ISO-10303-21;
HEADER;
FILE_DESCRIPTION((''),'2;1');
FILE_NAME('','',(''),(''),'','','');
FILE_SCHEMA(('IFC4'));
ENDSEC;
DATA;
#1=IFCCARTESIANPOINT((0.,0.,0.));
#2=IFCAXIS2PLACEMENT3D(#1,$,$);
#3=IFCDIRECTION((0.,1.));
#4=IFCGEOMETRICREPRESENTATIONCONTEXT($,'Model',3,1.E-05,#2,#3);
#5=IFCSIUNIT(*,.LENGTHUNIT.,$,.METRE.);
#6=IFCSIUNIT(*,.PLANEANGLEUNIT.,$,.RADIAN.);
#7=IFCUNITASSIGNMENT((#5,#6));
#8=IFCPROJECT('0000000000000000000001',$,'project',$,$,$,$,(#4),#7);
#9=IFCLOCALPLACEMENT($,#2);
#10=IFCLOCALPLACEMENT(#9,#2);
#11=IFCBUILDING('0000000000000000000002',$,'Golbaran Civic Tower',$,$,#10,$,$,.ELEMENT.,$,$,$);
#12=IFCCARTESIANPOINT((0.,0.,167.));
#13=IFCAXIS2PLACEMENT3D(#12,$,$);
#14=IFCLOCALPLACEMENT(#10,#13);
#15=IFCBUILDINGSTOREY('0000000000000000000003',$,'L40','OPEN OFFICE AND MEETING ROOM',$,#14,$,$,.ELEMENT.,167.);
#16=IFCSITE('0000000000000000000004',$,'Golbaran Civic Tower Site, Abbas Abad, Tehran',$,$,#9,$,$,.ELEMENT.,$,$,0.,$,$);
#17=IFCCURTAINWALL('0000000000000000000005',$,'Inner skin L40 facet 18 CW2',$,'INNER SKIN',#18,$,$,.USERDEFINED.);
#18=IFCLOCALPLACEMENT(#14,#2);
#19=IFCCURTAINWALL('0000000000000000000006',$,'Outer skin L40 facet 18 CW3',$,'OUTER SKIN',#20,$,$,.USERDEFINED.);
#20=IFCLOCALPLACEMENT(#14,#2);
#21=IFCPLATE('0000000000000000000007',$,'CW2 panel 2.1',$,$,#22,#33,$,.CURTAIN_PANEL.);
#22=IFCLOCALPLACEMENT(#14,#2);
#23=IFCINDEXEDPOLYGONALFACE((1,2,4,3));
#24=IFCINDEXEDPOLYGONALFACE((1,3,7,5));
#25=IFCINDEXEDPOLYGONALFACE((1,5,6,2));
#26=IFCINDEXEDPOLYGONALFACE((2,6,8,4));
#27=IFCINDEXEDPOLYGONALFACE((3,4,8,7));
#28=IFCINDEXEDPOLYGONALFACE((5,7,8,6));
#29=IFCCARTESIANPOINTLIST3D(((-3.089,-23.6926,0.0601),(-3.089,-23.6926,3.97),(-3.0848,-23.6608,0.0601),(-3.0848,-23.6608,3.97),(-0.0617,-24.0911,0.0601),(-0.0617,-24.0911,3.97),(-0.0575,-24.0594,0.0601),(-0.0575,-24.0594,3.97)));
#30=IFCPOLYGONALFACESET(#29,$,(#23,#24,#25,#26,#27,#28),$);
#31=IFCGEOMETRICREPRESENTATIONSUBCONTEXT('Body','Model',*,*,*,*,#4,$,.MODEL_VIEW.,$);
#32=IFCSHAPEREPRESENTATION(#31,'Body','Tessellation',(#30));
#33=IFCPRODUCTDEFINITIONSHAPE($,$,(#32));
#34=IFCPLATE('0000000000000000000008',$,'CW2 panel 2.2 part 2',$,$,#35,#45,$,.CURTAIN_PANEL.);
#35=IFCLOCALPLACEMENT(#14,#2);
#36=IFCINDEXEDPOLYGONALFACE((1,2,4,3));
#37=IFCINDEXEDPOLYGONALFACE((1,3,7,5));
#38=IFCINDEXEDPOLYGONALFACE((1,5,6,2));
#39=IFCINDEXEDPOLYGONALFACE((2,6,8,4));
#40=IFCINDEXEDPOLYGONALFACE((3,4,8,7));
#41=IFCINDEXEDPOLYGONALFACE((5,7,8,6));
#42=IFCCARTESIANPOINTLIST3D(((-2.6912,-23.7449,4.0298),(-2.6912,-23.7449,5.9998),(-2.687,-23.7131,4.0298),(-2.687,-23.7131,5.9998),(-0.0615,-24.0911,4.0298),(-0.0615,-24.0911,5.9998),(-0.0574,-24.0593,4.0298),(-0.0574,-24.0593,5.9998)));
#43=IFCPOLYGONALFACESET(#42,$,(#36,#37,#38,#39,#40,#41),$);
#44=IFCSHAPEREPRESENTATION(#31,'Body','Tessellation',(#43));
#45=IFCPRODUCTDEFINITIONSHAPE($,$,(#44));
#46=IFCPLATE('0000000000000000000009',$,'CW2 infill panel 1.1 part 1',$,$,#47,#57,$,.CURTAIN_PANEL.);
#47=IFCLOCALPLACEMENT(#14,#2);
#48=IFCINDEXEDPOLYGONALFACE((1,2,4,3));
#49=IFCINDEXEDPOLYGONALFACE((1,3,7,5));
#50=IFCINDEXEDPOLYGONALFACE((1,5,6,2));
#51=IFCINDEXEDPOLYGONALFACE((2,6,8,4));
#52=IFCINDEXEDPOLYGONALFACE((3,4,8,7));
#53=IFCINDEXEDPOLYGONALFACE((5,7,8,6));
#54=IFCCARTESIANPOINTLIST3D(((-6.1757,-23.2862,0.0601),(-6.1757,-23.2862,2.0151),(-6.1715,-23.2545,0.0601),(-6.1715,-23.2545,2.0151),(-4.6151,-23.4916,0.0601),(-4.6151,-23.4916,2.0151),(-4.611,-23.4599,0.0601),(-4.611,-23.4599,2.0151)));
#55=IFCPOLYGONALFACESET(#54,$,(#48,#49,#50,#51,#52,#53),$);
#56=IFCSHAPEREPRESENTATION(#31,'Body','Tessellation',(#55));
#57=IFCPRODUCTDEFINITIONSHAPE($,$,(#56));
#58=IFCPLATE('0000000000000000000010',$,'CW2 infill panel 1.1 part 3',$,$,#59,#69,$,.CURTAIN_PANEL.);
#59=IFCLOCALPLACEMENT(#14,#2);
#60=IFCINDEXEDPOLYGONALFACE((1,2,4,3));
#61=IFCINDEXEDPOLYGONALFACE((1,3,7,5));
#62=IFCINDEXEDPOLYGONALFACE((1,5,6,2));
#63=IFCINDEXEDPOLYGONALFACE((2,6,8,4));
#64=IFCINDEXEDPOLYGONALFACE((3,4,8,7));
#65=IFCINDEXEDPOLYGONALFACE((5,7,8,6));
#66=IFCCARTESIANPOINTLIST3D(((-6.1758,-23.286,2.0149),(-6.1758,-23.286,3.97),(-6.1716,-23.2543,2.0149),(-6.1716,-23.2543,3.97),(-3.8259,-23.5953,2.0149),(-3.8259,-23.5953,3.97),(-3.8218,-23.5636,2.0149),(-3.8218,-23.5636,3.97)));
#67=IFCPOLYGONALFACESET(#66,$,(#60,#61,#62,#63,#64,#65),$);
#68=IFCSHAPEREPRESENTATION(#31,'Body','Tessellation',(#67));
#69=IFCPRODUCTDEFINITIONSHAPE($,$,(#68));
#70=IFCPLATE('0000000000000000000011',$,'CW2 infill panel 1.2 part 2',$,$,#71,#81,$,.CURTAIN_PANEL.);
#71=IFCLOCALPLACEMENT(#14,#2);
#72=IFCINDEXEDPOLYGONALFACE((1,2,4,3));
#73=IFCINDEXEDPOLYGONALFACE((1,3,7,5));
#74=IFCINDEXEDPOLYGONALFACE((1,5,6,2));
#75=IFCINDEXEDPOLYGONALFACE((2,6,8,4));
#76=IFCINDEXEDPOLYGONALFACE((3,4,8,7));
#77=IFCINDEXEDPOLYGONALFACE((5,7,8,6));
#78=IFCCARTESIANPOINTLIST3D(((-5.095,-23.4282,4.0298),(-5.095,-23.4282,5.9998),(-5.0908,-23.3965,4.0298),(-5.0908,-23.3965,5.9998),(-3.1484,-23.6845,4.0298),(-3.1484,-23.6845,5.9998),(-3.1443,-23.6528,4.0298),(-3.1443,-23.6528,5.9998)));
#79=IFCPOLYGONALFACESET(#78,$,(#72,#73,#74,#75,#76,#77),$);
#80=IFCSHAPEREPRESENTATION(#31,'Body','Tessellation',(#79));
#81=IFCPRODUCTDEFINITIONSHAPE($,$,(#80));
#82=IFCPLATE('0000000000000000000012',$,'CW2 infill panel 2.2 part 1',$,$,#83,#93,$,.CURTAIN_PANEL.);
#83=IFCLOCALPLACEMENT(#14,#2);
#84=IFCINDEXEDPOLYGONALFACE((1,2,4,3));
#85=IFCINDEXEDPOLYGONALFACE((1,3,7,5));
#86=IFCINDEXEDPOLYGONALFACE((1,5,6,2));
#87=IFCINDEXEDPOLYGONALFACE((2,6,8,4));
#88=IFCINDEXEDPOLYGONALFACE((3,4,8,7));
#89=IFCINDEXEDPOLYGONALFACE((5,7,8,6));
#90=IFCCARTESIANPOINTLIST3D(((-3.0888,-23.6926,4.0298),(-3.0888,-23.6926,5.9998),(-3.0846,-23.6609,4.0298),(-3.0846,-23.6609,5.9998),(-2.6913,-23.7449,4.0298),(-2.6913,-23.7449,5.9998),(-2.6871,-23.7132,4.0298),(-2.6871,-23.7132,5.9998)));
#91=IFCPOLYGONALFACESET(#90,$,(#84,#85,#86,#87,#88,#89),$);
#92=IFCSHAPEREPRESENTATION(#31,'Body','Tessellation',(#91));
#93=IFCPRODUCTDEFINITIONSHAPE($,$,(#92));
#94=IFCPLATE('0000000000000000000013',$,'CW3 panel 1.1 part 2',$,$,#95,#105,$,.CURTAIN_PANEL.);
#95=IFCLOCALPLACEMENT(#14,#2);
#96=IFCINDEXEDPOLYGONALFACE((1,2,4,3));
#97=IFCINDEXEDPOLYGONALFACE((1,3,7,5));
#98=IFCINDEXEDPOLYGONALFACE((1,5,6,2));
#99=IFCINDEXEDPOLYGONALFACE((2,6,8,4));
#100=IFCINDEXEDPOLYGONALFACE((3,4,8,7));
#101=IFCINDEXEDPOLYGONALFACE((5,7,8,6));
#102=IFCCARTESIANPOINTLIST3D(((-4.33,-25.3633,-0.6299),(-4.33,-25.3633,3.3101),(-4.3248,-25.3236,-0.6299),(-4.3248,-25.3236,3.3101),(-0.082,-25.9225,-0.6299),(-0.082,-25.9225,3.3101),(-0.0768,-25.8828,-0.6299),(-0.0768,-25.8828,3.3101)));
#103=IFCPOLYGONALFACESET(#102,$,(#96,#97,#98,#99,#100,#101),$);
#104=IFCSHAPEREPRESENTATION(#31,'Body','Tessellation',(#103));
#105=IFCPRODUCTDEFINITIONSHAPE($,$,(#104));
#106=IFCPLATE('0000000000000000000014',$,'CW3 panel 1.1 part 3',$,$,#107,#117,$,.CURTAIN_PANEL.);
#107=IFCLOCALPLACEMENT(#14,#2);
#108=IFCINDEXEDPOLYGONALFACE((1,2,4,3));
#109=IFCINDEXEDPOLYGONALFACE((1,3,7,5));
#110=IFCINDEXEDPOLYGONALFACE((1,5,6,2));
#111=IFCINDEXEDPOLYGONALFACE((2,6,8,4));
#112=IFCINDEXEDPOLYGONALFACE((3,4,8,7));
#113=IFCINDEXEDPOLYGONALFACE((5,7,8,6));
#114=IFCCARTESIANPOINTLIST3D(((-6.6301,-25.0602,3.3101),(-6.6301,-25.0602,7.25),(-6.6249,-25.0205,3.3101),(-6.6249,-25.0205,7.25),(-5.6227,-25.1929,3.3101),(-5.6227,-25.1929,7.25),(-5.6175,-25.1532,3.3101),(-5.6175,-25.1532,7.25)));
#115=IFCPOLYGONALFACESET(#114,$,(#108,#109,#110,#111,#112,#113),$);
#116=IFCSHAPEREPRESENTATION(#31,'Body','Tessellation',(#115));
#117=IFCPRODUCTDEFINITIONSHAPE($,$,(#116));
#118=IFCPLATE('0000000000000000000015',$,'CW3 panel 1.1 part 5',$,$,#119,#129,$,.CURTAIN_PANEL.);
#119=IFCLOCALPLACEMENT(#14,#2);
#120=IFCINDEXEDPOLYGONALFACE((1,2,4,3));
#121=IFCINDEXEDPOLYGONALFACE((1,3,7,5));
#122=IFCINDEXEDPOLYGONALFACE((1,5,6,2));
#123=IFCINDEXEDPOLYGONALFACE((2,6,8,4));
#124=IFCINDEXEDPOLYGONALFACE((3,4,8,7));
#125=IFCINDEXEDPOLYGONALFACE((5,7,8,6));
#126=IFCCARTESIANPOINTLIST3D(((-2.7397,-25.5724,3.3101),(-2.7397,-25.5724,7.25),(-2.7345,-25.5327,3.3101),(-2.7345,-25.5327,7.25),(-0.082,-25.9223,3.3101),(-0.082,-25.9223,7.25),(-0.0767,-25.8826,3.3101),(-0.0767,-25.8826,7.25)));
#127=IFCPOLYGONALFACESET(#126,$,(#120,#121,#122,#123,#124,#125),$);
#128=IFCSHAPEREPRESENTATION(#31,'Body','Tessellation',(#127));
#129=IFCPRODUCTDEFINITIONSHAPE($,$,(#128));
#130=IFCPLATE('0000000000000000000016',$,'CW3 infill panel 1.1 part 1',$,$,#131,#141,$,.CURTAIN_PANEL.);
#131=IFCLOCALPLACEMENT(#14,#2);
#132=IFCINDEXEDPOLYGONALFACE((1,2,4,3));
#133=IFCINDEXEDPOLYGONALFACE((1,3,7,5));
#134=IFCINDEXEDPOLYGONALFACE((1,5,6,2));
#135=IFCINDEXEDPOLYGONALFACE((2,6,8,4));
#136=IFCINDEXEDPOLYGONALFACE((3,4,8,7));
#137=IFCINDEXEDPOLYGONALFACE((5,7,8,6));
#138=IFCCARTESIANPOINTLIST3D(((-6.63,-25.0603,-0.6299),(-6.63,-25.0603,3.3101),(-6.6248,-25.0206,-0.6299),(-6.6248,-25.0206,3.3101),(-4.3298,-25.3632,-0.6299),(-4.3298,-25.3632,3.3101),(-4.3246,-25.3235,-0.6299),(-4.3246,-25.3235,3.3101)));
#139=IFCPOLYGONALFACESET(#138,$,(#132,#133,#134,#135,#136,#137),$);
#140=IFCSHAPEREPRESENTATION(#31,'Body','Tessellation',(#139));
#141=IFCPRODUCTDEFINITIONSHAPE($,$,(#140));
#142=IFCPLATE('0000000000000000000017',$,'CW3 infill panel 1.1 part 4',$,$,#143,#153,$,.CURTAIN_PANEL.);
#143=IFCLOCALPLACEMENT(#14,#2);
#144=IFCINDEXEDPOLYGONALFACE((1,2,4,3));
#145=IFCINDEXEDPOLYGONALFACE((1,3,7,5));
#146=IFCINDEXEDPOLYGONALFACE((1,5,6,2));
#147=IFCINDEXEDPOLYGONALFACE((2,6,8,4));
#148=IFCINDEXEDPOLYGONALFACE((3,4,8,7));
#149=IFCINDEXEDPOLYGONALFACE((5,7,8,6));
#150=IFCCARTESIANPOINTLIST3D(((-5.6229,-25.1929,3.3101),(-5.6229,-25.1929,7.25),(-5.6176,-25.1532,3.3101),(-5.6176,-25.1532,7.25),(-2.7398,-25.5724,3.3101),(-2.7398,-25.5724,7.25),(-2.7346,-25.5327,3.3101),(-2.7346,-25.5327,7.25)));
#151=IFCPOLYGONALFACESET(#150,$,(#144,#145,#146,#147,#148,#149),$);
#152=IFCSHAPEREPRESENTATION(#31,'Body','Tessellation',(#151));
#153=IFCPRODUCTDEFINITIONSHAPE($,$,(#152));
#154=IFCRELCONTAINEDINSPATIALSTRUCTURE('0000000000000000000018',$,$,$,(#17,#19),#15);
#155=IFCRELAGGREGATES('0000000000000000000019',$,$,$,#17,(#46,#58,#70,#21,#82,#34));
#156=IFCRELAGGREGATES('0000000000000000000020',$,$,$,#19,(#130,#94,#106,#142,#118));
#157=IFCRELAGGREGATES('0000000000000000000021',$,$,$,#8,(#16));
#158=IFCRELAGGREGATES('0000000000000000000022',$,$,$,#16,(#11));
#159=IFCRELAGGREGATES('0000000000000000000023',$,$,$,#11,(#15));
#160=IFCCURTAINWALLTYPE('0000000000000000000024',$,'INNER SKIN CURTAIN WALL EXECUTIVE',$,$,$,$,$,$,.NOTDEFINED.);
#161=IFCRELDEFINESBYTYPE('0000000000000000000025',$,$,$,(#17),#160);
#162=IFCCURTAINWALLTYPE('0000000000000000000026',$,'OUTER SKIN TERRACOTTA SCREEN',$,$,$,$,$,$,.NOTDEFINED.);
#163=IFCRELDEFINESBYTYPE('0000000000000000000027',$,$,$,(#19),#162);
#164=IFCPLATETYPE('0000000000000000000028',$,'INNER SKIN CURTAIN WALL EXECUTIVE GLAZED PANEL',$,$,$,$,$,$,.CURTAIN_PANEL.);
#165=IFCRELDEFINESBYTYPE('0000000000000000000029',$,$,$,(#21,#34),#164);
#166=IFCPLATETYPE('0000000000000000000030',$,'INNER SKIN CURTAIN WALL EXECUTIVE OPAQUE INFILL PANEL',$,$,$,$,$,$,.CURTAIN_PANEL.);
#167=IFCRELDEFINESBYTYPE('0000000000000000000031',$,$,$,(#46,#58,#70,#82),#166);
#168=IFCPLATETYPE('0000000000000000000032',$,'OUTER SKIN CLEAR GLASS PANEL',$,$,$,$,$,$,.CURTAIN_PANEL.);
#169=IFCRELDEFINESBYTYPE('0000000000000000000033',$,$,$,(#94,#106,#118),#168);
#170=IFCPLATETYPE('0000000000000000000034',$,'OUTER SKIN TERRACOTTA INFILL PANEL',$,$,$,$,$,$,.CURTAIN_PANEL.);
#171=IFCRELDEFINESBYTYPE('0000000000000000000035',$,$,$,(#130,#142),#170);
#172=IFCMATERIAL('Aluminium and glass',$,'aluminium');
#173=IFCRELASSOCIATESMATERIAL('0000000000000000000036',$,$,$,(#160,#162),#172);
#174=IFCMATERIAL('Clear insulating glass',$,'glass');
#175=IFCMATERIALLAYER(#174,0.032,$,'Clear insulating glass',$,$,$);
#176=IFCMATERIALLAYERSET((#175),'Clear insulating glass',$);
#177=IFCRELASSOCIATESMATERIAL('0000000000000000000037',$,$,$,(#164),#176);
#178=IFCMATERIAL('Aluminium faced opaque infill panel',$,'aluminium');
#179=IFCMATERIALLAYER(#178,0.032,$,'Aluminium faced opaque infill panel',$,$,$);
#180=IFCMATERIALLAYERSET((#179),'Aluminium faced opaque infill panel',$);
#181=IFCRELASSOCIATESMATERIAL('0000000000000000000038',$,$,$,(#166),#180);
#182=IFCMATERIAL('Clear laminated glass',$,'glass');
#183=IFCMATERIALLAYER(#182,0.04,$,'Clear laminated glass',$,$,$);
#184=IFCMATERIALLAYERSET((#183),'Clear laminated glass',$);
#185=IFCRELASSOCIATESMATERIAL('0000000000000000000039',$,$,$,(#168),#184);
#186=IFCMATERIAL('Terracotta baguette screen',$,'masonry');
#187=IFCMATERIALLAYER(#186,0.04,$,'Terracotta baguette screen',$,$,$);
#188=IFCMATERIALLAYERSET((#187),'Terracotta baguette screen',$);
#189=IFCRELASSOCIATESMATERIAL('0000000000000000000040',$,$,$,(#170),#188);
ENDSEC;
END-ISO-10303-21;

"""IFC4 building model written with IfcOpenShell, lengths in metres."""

from ifc_helpers import new_model, si_unit, direction, frame, origin, origin_2d, place, context, subcontext, project, spatial, rectangle, extrude, material, layer, layer_set, type_object, element, aggregate, save


model = new_model("IFC4")

# Units and contexts
model_context = context("Model", 3, precision=1e-05, world=origin(), true_north=direction((0.0, 1.0)))
body_context = subcontext(model_context, "Body", "Model", "MODEL_VIEW")
ifc_project = project(units=[si_unit("LENGTHUNIT", "METRE"), si_unit("PLANEANGLEUNIT", "RADIAN")], contexts=[model_context])

# Site, building, storey
site_placement = place(None, origin())
site = spatial("IfcSite", under=ifc_project, at=site_placement, Name="Golbaran Civic Tower Site, Abbas Abad, Tehran", CompositionType="ELEMENT", RefElevation=0.0)
building_placement = place(site_placement, origin())
building = spatial("IfcBuilding", under=site, at=building_placement, Name="Golbaran Civic Tower", CompositionType="ELEMENT")
storey_placement = place(building_placement, frame((0.0, 0.0, 167.0)))
storey = spatial("IfcBuildingStorey", under=building, at=storey_placement, Name="L40", Description="OPEN OFFICE AND MEETING ROOM", CompositionType="ELEMENT", Elevation=167.0)

# Curtain wall
ifc_material_1 = material(Name="Aluminium and glass", Category="aluminium")
curtain_wall_type_1 = type_object("IfcCurtainWallType", Name="INNER SKIN CURTAIN WALL EXECUTIVE", PredefinedType="NOTDEFINED", material=ifc_material_1)
curtain_wall_1_placement = place(storey_placement, origin())
curtain_wall_1 = element("IfcCurtainWall", 1, at=curtain_wall_1_placement, inside=storey, type_object=curtain_wall_type_1, Name="Inner skin L40 facet 18 CW2", ObjectType="INNER SKIN", PredefinedType="USERDEFINED")

# Curtain wall
curtain_wall_type_2 = type_object("IfcCurtainWallType", Name="OUTER SKIN TERRACOTTA SCREEN", PredefinedType="NOTDEFINED", material=ifc_material_1)
curtain_wall_2_placement = place(storey_placement, origin())
curtain_wall_2 = element("IfcCurtainWall", 2, at=curtain_wall_2_placement, inside=storey, type_object=curtain_wall_type_2, Name="Outer skin L40 facet 18 CW3", ObjectType="OUTER SKIN", PredefinedType="USERDEFINED")

# Plates
ifc_material_2 = material(Name="Clear insulating glass", Category="glass")
ifc_layer_1 = layer(ifc_material_2, 0.032, Name="Clear insulating glass")
ifc_layer_set_1 = layer_set([ifc_layer_1], Name="Clear insulating glass")
plate_type_1 = type_object("IfcPlateType", Name="INNER SKIN CURTAIN WALL EXECUTIVE GLAZED PANEL", PredefinedType="CURTAIN_PANEL", material=ifc_layer_set_1)
plate_1_placement = place(storey_placement, frame((-1.5732, -23.876, 0.0601), z_axis=(0.0, 0.0, 1.0), x_axis=(0.991445, -0.130526, 0.0)))
plate_1 = element("IfcPlate", 3, at=plate_1_placement, type_object=plate_type_1, Name="CW2 panel 2.1", PredefinedType="CURTAIN_PANEL", context=body_context, shape_type="SweptSolid", body=[
    extrude(rectangle(XDim=3.0535, YDim=0.032, at=origin_2d()), origin(), (0.0, 0.0, 1.0), 3.9099),
])
plate_2_placement = place(storey_placement, frame((-1.3743, -23.9021, 4.0298), z_axis=(0.0, 0.0, 1.0), x_axis=(0.991445, -0.130526, 0.0)))
plate_2 = element("IfcPlate", 4, at=plate_2_placement, type_object=plate_type_1, Name="CW2 panel 2.2 part 2", PredefinedType="CURTAIN_PANEL", context=body_context, shape_type="SweptSolid", body=[
    extrude(rectangle(XDim=2.6523, YDim=0.032, at=origin_2d()), origin(), (0.0, 0.0, 1.0), 1.97),
])
ifc_material_3 = material(Name="Aluminium faced opaque infill panel", Category="aluminium")
ifc_layer_2 = layer(ifc_material_3, 0.032, Name="Aluminium faced opaque infill panel")
ifc_layer_set_2 = layer_set([ifc_layer_2], Name="Aluminium faced opaque infill panel")
plate_type_2 = type_object("IfcPlateType", Name="INNER SKIN CURTAIN WALL EXECUTIVE OPAQUE INFILL PANEL", PredefinedType="CURTAIN_PANEL", material=ifc_layer_set_2)
plate_3_placement = place(storey_placement, frame((-5.3933, -23.373, 0.0601), z_axis=(0.0, 0.0, 1.0), x_axis=(0.991445, -0.130526, 0.0)))
plate_3 = element("IfcPlate", 5, at=plate_3_placement, type_object=plate_type_2, Name="CW2 infill panel 1.1 part 1", PredefinedType="CURTAIN_PANEL", context=body_context, shape_type="SweptSolid", body=[
    extrude(rectangle(XDim=1.574, YDim=0.032, at=origin_2d()), origin(), (0.0, 0.0, 1.0), 1.9551),
])
plate_4_placement = place(storey_placement, frame((-4.9988, -23.4248, 2.0149), z_axis=(0.0, 0.0, 1.0), x_axis=(0.991445, -0.130526, 0.0)))
plate_4 = element("IfcPlate", 6, at=plate_4_placement, type_object=plate_type_2, Name="CW2 infill panel 1.1 part 3", PredefinedType="CURTAIN_PANEL", context=body_context, shape_type="SweptSolid", body=[
    extrude(rectangle(XDim=2.3701, YDim=0.032, at=origin_2d()), origin(), (0.0, 0.0, 1.0), 1.9551),
])
plate_5_placement = place(storey_placement, frame((-4.1196, -23.5405, 4.0298), z_axis=(0.0, 0.0, 1.0), x_axis=(0.991445, -0.130526, 0.0)))
plate_5 = element("IfcPlate", 7, at=plate_5_placement, type_object=plate_type_2, Name="CW2 infill panel 1.2 part 2", PredefinedType="CURTAIN_PANEL", context=body_context, shape_type="SweptSolid", body=[
    extrude(rectangle(XDim=1.9634, YDim=0.032, at=origin_2d()), origin(), (0.0, 0.0, 1.0), 1.97),
])
plate_6_placement = place(storey_placement, frame((-2.8879, -23.7029, 4.0298), z_axis=(0.0, 0.0, 1.0), x_axis=(0.991445, -0.130526, 0.0)))
plate_6 = element("IfcPlate", 8, at=plate_6_placement, type_object=plate_type_2, Name="CW2 infill panel 2.2 part 1", PredefinedType="CURTAIN_PANEL", context=body_context, shape_type="SweptSolid", body=[
    extrude(rectangle(XDim=0.4009, YDim=0.032, at=origin_2d()), origin(), (0.0, 0.0, 1.0), 1.97),
])
aggregate(curtain_wall_1, [plate_3, plate_4, plate_5, plate_1, plate_6, plate_2])
ifc_material_4 = material(Name="Clear laminated glass", Category="glass")
ifc_layer_3 = layer(ifc_material_4, 0.04, Name="Clear laminated glass")
ifc_layer_set_3 = layer_set([ifc_layer_3], Name="Clear laminated glass")
plate_type_3 = type_object("IfcPlateType", Name="OUTER SKIN CLEAR GLASS PANEL", PredefinedType="CURTAIN_PANEL", material=ifc_layer_set_3)
plate_7_placement = place(storey_placement, frame((-2.2034, -25.623, -0.6299), z_axis=(0.0, 0.0, 1.0), x_axis=(0.991445, -0.130526, 0.0)))
plate_7 = element("IfcPlate", 9, at=plate_7_placement, type_object=plate_type_3, Name="CW3 panel 1.1 part 2", PredefinedType="CURTAIN_PANEL", context=body_context, shape_type="SweptSolid", body=[
    extrude(rectangle(XDim=4.2847, YDim=0.04, at=origin_2d()), origin(), (0.0, 0.0, 1.0), 3.9399),
])
plate_8_placement = place(storey_placement, frame((-6.1238, -25.1067, 3.3101), z_axis=(0.0, 0.0, 1.0), x_axis=(0.991445, -0.130526, 0.0)))
plate_8 = element("IfcPlate", 10, at=plate_8_placement, type_object=plate_type_3, Name="CW3 panel 1.1 part 3", PredefinedType="CURTAIN_PANEL", context=body_context, shape_type="SweptSolid", body=[
    extrude(rectangle(XDim=1.0161, YDim=0.04, at=origin_2d()), origin(), (0.0, 0.0, 1.0), 3.9399),
])
plate_9_placement = place(storey_placement, frame((-1.4082, -25.7275, 3.3101), z_axis=(0.0, 0.0, 1.0), x_axis=(0.991445, -0.130526, 0.0)))
plate_9 = element("IfcPlate", 11, at=plate_9_placement, type_object=plate_type_3, Name="CW3 panel 1.1 part 5", PredefinedType="CURTAIN_PANEL", context=body_context, shape_type="SweptSolid", body=[
    extrude(rectangle(XDim=2.6807, YDim=0.04, at=origin_2d()), origin(), (0.0, 0.0, 1.0), 3.9399),
])
ifc_material_5 = material(Name="Terracotta baguette screen", Category="masonry")
ifc_layer_4 = layer(ifc_material_5, 0.04, Name="Terracotta baguette screen")
ifc_layer_set_4 = layer_set([ifc_layer_4], Name="Terracotta baguette screen")
plate_type_4 = type_object("IfcPlateType", Name="OUTER SKIN TERRACOTTA INFILL PANEL", PredefinedType="CURTAIN_PANEL", material=ifc_layer_set_4)
plate_10_placement = place(storey_placement, frame((-5.4773, -25.1919, -0.6299), z_axis=(0.0, 0.0, 1.0), x_axis=(0.991445, -0.130526, 0.0)))
plate_10 = element("IfcPlate", 12, at=plate_10_placement, type_object=plate_type_4, Name="CW3 infill panel 1.1 part 1", PredefinedType="CURTAIN_PANEL", context=body_context, shape_type="SweptSolid", body=[
    extrude(rectangle(XDim=2.3201, YDim=0.04, at=origin_2d()), origin(), (0.0, 0.0, 1.0), 3.9399),
])
plate_11_placement = place(storey_placement, frame((-4.1787, -25.3628, 3.3101), z_axis=(0.0, 0.0, 1.0), x_axis=(0.991445, -0.130526, 0.0)))
plate_11 = element("IfcPlate", 13, at=plate_11_placement, type_object=plate_type_4, Name="CW3 infill panel 1.1 part 4", PredefinedType="CURTAIN_PANEL", context=body_context, shape_type="SweptSolid", body=[
    extrude(rectangle(XDim=2.908, YDim=0.04, at=origin_2d()), origin(), (0.0, 0.0, 1.0), 3.9399),
])
aggregate(curtain_wall_2, [plate_10, plate_7, plate_8, plate_11, plate_9])

save(model, "model.ifc")
